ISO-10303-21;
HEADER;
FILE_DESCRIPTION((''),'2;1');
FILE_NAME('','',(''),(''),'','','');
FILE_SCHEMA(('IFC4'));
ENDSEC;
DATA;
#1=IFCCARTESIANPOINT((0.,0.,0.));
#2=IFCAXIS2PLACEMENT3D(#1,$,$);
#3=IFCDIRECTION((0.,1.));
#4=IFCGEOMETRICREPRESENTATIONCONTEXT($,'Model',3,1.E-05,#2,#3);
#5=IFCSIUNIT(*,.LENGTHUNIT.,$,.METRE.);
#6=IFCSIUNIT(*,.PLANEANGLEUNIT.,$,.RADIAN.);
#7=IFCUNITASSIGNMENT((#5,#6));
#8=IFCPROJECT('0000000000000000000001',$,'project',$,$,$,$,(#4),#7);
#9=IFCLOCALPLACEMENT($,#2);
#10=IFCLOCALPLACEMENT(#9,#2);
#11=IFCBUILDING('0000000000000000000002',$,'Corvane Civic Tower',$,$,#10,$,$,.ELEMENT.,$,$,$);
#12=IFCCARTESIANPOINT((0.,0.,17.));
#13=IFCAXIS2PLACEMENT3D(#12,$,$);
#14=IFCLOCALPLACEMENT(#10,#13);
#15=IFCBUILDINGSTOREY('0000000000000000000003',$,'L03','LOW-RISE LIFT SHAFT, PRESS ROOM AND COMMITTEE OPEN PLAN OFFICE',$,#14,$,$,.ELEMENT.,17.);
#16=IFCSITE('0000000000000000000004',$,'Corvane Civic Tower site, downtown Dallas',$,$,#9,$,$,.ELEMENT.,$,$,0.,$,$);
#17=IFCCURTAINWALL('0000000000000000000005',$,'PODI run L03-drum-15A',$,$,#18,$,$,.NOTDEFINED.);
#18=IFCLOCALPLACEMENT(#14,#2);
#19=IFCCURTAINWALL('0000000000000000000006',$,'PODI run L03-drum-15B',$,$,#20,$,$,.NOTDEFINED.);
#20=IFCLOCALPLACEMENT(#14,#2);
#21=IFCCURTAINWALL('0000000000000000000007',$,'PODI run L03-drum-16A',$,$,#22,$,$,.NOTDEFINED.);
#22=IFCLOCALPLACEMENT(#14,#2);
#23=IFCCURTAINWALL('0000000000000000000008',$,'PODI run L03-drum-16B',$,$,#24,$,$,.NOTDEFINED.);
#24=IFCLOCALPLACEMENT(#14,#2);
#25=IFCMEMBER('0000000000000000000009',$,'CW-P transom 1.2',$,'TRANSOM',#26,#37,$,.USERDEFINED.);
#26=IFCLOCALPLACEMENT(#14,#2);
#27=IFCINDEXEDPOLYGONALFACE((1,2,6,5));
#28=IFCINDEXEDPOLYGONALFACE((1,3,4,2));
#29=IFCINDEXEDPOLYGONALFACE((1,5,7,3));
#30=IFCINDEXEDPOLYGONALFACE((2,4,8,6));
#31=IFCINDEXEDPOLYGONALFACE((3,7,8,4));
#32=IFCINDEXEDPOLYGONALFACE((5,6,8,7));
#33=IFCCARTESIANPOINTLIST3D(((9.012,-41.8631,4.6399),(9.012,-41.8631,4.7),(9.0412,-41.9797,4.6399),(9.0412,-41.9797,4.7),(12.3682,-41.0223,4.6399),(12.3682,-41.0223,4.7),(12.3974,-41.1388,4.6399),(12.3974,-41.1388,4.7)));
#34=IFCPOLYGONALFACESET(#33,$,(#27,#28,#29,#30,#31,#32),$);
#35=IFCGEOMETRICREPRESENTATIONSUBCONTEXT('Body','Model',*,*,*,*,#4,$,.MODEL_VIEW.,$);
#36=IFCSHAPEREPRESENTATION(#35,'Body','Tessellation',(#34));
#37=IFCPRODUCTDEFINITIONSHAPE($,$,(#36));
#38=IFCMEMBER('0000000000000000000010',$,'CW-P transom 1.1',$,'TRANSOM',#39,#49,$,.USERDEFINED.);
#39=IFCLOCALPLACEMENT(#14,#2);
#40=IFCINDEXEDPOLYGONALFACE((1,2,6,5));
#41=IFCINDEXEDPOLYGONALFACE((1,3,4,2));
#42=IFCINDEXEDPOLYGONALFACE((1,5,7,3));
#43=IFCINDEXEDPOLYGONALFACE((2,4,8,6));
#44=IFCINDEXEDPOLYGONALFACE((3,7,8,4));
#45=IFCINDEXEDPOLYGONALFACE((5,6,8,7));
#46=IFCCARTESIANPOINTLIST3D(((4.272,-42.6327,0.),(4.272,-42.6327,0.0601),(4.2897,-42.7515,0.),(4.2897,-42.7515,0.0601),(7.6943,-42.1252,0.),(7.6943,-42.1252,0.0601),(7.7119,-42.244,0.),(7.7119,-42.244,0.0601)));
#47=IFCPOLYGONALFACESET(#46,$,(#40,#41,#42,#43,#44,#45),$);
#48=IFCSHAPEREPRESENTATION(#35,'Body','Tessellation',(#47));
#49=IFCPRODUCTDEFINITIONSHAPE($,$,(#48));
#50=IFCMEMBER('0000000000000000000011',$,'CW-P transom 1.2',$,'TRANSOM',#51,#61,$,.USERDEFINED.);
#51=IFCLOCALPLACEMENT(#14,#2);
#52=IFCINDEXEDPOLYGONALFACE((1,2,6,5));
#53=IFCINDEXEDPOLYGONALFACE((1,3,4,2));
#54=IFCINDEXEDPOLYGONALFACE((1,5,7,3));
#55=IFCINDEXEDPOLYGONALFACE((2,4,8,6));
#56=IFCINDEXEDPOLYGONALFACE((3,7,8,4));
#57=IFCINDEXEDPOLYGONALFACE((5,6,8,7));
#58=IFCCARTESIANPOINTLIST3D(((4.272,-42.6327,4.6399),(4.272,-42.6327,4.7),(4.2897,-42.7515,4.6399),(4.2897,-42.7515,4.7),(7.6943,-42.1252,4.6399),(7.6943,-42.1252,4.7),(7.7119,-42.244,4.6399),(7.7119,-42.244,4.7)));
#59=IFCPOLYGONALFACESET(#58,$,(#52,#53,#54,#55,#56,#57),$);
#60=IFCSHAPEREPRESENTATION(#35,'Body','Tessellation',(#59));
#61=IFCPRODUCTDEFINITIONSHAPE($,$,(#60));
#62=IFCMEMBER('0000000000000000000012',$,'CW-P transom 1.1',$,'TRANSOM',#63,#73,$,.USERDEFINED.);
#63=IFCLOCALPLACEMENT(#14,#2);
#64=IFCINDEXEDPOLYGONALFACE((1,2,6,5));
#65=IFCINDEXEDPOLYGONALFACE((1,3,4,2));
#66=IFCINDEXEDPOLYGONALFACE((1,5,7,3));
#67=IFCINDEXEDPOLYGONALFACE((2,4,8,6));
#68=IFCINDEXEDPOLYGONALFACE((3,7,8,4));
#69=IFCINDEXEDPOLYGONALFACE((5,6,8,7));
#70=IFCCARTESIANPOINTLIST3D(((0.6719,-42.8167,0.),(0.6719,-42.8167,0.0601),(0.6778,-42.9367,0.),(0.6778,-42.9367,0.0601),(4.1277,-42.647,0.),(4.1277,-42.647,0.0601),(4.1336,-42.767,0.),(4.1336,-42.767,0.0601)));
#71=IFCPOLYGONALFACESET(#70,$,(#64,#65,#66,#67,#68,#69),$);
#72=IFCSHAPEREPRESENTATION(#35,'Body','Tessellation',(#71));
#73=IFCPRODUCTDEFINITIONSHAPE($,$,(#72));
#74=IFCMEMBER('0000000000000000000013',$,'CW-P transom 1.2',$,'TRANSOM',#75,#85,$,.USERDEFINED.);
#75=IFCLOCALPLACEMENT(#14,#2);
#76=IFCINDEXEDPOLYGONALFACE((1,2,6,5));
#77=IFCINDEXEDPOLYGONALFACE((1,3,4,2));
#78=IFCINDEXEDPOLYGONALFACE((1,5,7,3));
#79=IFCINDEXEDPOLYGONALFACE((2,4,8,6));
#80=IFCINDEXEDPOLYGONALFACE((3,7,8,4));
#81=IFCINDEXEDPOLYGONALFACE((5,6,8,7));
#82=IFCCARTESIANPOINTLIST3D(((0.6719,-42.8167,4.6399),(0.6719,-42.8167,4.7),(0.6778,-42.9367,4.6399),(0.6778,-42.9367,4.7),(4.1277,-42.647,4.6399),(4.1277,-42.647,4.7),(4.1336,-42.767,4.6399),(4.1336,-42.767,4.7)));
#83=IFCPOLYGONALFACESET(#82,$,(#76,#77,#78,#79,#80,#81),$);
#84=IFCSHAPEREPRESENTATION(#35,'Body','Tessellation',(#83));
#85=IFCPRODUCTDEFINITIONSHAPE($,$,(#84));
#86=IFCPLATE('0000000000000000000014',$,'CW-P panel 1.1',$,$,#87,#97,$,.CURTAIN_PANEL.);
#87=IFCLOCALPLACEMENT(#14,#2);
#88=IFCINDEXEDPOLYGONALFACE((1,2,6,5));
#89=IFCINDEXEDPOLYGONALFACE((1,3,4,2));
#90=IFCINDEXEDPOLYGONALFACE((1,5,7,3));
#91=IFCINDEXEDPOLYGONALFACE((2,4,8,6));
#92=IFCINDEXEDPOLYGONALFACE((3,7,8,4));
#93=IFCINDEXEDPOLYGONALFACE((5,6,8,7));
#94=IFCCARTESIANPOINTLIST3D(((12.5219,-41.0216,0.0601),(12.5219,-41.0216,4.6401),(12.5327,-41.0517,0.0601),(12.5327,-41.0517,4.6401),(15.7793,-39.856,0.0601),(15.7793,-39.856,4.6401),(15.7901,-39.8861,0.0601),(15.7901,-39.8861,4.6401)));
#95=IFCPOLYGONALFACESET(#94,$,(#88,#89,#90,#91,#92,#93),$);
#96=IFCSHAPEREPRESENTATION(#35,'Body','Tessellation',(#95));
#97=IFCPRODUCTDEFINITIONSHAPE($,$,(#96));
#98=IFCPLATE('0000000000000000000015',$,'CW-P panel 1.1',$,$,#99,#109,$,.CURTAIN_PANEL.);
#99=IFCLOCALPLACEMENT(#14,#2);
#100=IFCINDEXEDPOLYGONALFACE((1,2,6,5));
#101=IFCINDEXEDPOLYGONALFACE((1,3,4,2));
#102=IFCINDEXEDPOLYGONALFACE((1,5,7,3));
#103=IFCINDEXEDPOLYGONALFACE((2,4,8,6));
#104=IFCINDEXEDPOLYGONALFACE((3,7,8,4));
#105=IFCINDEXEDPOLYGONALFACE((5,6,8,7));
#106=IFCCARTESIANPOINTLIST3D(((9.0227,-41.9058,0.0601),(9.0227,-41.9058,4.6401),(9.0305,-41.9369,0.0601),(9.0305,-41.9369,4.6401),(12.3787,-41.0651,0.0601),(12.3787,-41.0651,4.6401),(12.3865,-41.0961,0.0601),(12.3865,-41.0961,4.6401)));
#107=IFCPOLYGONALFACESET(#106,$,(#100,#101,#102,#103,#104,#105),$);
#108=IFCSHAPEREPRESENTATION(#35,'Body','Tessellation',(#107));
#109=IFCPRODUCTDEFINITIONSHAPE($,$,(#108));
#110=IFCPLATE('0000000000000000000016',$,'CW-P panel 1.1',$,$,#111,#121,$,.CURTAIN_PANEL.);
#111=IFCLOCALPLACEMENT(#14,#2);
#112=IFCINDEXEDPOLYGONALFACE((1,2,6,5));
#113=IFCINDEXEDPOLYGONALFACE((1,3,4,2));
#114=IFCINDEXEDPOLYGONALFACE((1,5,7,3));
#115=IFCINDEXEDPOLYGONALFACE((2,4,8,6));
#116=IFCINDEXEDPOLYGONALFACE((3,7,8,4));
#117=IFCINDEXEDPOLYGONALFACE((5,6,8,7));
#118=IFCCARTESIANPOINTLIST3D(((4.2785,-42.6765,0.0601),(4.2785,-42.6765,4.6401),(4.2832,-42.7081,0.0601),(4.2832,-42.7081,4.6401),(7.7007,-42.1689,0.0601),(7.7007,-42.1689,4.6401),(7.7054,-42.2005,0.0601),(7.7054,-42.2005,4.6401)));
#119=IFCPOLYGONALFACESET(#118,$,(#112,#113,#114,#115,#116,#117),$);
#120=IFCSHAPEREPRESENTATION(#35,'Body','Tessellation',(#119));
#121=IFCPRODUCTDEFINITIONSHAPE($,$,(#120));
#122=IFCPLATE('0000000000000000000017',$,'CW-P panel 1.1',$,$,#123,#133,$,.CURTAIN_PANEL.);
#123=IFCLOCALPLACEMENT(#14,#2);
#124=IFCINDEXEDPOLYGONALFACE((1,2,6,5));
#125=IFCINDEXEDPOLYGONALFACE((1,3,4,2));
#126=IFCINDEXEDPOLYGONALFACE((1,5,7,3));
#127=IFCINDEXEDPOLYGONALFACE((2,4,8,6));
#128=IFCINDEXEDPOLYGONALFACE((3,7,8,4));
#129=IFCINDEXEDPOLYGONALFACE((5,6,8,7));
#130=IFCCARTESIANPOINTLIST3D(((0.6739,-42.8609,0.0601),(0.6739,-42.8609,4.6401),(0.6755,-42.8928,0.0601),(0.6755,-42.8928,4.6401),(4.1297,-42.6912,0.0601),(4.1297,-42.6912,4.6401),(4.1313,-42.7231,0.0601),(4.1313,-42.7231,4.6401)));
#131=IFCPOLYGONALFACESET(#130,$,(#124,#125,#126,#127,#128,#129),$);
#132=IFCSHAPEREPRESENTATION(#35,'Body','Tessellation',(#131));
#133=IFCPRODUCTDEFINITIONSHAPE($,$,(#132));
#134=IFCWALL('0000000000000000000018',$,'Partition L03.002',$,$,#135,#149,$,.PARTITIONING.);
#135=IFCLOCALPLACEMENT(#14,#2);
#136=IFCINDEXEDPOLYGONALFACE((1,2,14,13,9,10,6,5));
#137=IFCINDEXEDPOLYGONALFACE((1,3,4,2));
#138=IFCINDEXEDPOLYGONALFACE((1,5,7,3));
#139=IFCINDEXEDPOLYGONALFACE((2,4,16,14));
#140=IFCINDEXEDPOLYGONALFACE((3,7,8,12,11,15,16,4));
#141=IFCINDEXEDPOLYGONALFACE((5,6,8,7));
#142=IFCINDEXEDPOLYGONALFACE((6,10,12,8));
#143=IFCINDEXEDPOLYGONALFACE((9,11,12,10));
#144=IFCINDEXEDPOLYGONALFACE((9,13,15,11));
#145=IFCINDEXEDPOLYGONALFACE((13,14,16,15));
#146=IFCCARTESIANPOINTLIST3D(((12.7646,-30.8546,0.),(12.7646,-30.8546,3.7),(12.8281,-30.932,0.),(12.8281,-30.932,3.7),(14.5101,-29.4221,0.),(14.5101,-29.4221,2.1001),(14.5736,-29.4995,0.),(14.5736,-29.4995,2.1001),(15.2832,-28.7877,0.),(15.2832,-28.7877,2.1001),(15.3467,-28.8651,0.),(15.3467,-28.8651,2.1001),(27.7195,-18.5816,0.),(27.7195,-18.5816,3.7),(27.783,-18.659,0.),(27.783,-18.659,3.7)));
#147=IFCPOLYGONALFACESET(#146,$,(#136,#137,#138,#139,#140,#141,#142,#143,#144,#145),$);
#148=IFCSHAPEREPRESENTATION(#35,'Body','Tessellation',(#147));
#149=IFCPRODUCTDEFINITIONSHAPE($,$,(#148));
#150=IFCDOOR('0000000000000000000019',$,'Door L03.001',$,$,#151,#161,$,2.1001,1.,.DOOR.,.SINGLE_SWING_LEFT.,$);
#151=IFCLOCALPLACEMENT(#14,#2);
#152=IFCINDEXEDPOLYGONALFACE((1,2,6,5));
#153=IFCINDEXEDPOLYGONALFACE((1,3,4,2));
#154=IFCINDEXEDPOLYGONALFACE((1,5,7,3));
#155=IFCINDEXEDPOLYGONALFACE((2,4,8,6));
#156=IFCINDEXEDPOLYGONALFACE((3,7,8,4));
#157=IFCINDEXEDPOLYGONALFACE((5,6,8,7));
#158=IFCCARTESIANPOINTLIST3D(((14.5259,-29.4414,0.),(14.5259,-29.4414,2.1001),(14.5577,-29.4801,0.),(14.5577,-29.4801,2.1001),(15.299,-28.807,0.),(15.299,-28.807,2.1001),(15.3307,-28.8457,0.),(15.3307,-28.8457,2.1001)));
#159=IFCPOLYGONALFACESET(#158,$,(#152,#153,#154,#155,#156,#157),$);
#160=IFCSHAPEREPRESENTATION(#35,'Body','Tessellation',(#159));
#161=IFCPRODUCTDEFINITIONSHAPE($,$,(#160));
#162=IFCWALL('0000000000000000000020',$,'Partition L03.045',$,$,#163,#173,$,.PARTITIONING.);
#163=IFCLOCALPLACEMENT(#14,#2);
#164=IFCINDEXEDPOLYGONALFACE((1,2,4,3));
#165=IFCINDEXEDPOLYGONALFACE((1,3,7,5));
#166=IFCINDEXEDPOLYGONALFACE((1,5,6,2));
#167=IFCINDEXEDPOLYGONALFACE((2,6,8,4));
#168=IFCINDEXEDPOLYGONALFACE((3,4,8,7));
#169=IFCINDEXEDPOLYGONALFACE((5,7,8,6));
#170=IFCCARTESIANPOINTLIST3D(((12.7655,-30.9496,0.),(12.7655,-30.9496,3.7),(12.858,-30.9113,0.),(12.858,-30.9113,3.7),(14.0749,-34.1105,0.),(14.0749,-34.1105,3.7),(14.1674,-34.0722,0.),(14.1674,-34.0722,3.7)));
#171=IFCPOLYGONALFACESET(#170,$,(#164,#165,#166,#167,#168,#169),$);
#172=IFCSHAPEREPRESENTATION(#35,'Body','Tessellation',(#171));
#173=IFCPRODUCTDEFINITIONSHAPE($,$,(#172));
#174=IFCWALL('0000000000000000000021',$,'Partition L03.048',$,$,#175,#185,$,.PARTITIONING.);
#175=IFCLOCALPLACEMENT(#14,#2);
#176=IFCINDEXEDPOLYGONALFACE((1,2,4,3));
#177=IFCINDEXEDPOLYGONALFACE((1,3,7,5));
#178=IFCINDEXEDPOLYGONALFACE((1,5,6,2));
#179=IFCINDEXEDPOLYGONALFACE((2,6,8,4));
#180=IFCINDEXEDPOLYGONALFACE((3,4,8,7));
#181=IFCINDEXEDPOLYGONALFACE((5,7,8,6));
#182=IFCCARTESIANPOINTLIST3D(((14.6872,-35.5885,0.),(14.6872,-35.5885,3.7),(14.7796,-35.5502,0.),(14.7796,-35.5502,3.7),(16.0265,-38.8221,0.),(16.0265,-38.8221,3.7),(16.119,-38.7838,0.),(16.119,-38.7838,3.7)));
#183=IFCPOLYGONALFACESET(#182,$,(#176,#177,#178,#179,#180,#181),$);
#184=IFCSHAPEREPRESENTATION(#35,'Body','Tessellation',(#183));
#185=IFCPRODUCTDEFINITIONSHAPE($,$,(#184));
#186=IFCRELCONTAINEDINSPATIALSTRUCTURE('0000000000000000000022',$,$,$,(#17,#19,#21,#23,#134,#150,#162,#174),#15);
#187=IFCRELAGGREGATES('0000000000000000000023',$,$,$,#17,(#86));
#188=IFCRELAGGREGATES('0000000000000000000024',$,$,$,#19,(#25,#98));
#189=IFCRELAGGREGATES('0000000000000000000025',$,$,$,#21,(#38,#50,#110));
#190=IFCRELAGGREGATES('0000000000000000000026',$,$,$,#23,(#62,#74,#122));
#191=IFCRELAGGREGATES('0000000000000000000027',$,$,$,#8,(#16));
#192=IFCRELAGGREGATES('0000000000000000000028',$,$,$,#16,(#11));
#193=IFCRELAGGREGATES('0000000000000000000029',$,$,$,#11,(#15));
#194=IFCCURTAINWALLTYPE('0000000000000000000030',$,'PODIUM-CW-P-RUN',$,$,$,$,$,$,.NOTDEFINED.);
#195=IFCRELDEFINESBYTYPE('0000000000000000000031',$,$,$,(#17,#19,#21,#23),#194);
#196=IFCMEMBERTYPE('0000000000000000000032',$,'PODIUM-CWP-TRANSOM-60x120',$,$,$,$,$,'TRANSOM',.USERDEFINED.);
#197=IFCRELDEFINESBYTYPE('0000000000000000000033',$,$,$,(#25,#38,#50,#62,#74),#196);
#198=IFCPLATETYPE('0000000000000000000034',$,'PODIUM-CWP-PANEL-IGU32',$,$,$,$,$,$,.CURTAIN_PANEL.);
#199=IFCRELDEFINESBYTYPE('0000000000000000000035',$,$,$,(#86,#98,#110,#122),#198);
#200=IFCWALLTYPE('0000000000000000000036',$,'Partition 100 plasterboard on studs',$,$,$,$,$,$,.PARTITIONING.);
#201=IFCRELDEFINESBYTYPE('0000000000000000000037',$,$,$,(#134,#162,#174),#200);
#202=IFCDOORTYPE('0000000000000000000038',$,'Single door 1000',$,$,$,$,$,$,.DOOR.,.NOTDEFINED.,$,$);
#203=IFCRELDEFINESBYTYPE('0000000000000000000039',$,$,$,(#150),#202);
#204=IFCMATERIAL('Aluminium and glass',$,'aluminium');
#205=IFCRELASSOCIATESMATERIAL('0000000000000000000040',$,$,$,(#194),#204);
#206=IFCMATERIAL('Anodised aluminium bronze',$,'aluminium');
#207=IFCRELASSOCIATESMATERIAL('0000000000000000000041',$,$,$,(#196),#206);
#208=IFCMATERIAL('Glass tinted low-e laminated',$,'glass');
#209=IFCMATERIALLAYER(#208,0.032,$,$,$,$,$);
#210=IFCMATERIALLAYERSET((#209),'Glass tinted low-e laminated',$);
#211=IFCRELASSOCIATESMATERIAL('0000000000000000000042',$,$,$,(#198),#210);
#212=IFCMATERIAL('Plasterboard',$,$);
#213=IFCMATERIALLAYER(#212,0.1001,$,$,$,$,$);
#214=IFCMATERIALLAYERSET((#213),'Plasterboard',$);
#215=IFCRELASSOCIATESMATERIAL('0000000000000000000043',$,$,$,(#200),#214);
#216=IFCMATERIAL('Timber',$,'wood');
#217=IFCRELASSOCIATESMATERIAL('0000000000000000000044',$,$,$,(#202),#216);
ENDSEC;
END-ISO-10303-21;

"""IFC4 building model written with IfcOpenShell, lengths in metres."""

from ifc_helpers import new_model, si_unit, direction, frame, frame_2d, origin, origin_2d, place, context, subcontext, project, spatial, rectangle, extrude, material, layer, layer_set, material_profile, profile_set, type_object, element, fill, aggregate, save


model = new_model("IFC4")

# Units and contexts
model_context = context("Model", 3, precision=1e-05, world=origin(), true_north=direction((0.0, 1.0)))
body_context = subcontext(model_context, "Body", "Model", "MODEL_VIEW")
ifc_project = project(units=[si_unit("LENGTHUNIT", "METRE"), si_unit("PLANEANGLEUNIT", "RADIAN")], contexts=[model_context])

# Site, building, storey
site_placement = place(None, origin())
site = spatial("IfcSite", under=ifc_project, at=site_placement, Name="Corvane Civic Tower site, downtown Dallas", CompositionType="ELEMENT", RefElevation=0.0)
building_placement = place(site_placement, origin())
building = spatial("IfcBuilding", under=site, at=building_placement, Name="Corvane Civic Tower", CompositionType="ELEMENT")
storey_placement = place(building_placement, frame((0.0, 0.0, 17.0)))
storey = spatial("IfcBuildingStorey", under=building, at=storey_placement, Name="L03", Description="LOW-RISE LIFT SHAFT, PRESS ROOM AND COMMITTEE OPEN PLAN OFFICE", CompositionType="ELEMENT", Elevation=17.0)

# Curtain walls
ifc_material_1 = material(Name="Aluminium and glass", Category="aluminium")
curtain_wall_type = type_object("IfcCurtainWallType", Name="PODIUM-CW-P-RUN", PredefinedType="NOTDEFINED", material=ifc_material_1)
curtain_wall_1_placement = place(storey_placement, origin())
curtain_wall_1 = element("IfcCurtainWall", 1, at=curtain_wall_1_placement, inside=storey, type_object=curtain_wall_type, Name="PODI run L03-drum-15A", PredefinedType="NOTDEFINED")
curtain_wall_2_placement = place(storey_placement, origin())
curtain_wall_2 = element("IfcCurtainWall", 2, at=curtain_wall_2_placement, inside=storey, type_object=curtain_wall_type, Name="PODI run L03-drum-15B", PredefinedType="NOTDEFINED")
curtain_wall_3_placement = place(storey_placement, origin())
curtain_wall_3 = element("IfcCurtainWall", 3, at=curtain_wall_3_placement, inside=storey, type_object=curtain_wall_type, Name="PODI run L03-drum-16A", PredefinedType="NOTDEFINED")
curtain_wall_4_placement = place(storey_placement, origin())
curtain_wall_4 = element("IfcCurtainWall", 4, at=curtain_wall_4_placement, inside=storey, type_object=curtain_wall_type, Name="PODI run L03-drum-16B", PredefinedType="NOTDEFINED")

# Members
ifc_material_2 = material(Name="Anodised aluminium bronze", Category="aluminium")
ifc_material_profile_1 = material_profile(ifc_material_2, rectangle(XDim=0.1201, YDim=0.0601, at=origin_2d()), Name="AL 120x60")
ifc_profile_set_1 = profile_set([ifc_material_profile_1], Name="Anodised aluminium bronze")
member_type_1 = type_object("IfcMemberType", Name="PODIUM-CWP-TRANSOM-60x120", ElementType="TRANSOM", PredefinedType="USERDEFINED", material=ifc_profile_set_1)
member_1_placement = place(storey_placement, frame((12.3828, -41.0806, 4.6699), z_axis=(-0.970022, -0.243017, 0.0), x_axis=(0.243017, -0.970022, 0.0)))
member_1 = element("IfcMember", 5, at=member_1_placement, type_object=member_type_1, Name="CW-P transom 1.2", ObjectType="TRANSOM", PredefinedType="USERDEFINED", context=body_context, shape_type="SweptSolid", body=[
    extrude(rectangle(XDim=0.1201, YDim=0.0601, at=origin_2d()), origin(), (0.0, 0.0, 1.0), 3.46),
])
member_2_placement = place(storey_placement, frame((7.7031, -42.1846, 0.03), z_axis=(-0.98918, -0.146705, 0.0), x_axis=(0.146705, -0.98918, 0.0)))
member_2 = element("IfcMember", 6, at=member_2_placement, type_object=member_type_1, Name="CW-P transom 1.1", ObjectType="TRANSOM", PredefinedType="USERDEFINED", context=body_context, shape_type="SweptSolid", body=[
    extrude(rectangle(XDim=0.1201, YDim=0.0601, at=origin_2d()), origin(), (0.0, 0.0, 1.0), 3.4597),
])
member_3_placement = place(storey_placement, frame((7.7031, -42.1846, 4.6699), z_axis=(-0.98918, -0.146705, 0.0), x_axis=(0.146705, -0.98918, 0.0)))
member_3 = element("IfcMember", 7, at=member_3_placement, type_object=member_type_1, Name="CW-P transom 1.2", ObjectType="TRANSOM", PredefinedType="USERDEFINED", context=body_context, shape_type="SweptSolid", body=[
    extrude(rectangle(XDim=0.1201, YDim=0.0601, at=origin_2d()), origin(), (0.0, 0.0, 1.0), 3.4597),
])
member_4_placement = place(storey_placement, frame((4.1306, -42.707, 0.03), z_axis=(-0.998797, -0.04904, 0.0), x_axis=(0.04904, -0.998797, 0.0)))
member_4 = element("IfcMember", 8, at=member_4_placement, type_object=member_type_1, Name="CW-P transom 1.1", ObjectType="TRANSOM", PredefinedType="USERDEFINED", context=body_context, shape_type="SweptSolid", body=[
    extrude(rectangle(XDim=0.1201, YDim=0.0601, at=origin_2d()), origin(), (0.0, 0.0, 1.0), 3.46),
])
member_5_placement = place(storey_placement, frame((4.1306, -42.707, 4.6699), z_axis=(-0.998797, -0.04904, 0.0), x_axis=(0.04904, -0.998797, 0.0)))
member_5 = element("IfcMember", 9, at=member_5_placement, type_object=member_type_1, Name="CW-P transom 1.2", ObjectType="TRANSOM", PredefinedType="USERDEFINED", context=body_context, shape_type="SweptSolid", body=[
    extrude(rectangle(XDim=0.1201, YDim=0.0601, at=origin_2d()), origin(), (0.0, 0.0, 1.0), 3.46),
])

# Plates
ifc_material_3 = material(Name="Glass tinted low-e laminated", Category="glass")
ifc_layer_1 = layer(ifc_material_3, 0.032)
ifc_layer_set_1 = layer_set([ifc_layer_1], Name="Glass tinted low-e laminated")
plate_type = type_object("IfcPlateType", Name="PODIUM-CWP-PANEL-IGU32", PredefinedType="CURTAIN_PANEL", material=ifc_layer_set_1)
plate_1_placement = place(storey_placement, frame((14.156, -40.4539, 0.0601), z_axis=(0.0, 0.0, 1.0), x_axis=(-0.941534, -0.336919, 0.0)))
plate_1 = element("IfcPlate", 10, at=plate_1_placement, type_object=plate_type, Name="CW-P panel 1.1", PredefinedType="CURTAIN_PANEL", context=body_context, shape_type="SweptSolid", body=[
    extrude(rectangle(XDim=3.4597, YDim=0.032, at=origin_2d()), origin(), (0.0, 0.0, 1.0), 4.5801),
])
aggregate(curtain_wall_1, [plate_1])
plate_2_placement = place(storey_placement, frame((10.7046, -41.501, 0.0601), z_axis=(0.0, 0.0, 1.0), x_axis=(-0.970024, -0.243009, 0.0)))
plate_2 = element("IfcPlate", 11, at=plate_2_placement, type_object=plate_type, Name="CW-P panel 1.1", PredefinedType="CURTAIN_PANEL", context=body_context, shape_type="SweptSolid", body=[
    extrude(rectangle(XDim=3.4597, YDim=0.032, at=origin_2d()), origin(), (0.0, 0.0, 1.0), 4.5801),
])
aggregate(curtain_wall_2, [member_1, plate_2])
plate_3_placement = place(storey_placement, frame((5.9919, -42.4385, 0.0601), z_axis=(0.0, 0.0, 1.0), x_axis=(-0.989179, -0.146715, 0.0)))
plate_3 = element("IfcPlate", 12, at=plate_3_placement, type_object=plate_type, Name="CW-P panel 1.1", PredefinedType="CURTAIN_PANEL", context=body_context, shape_type="SweptSolid", body=[
    extrude(rectangle(XDim=3.4597, YDim=0.032, at=origin_2d()), origin(), (0.0, 0.0, 1.0), 4.5801),
])
aggregate(curtain_wall_3, [member_2, member_3, plate_3])
plate_4_placement = place(storey_placement, frame((2.4026, -42.792, 0.0601), z_axis=(0.0, 0.0, 1.0), x_axis=(-0.998796, -0.04905, 0.0)))
plate_4 = element("IfcPlate", 13, at=plate_4_placement, type_object=plate_type, Name="CW-P panel 1.1", PredefinedType="CURTAIN_PANEL", context=body_context, shape_type="SweptSolid", body=[
    extrude(rectangle(XDim=3.46, YDim=0.032, at=origin_2d()), origin(), (0.0, 0.0, 1.0), 4.5801),
])
aggregate(curtain_wall_4, [member_4, member_5, plate_4])

# Wall, opening, door
ifc_material_4 = material(Name="Plasterboard")
ifc_layer_2 = layer(ifc_material_4, 0.1001)
ifc_layer_set_2 = layer_set([ifc_layer_2], Name="Plasterboard")
wall_type = type_object("IfcWallType", Name="Partition 100 plasterboard on studs", PredefinedType="PARTITIONING", material=ifc_layer_set_2)
wall_1_placement = place(storey_placement, frame((12.7964, -30.8933, 0.0), z_axis=(0.0, 0.0, 1.0), x_axis=(0.773015, 0.634388, 0.0)))
wall_1 = element("IfcWall", 14, at=wall_1_placement, inside=storey, type_object=wall_type, Name="Partition L03.002", PredefinedType="PARTITIONING", context=body_context, shape_type="SweptSolid", body=[
    extrude(rectangle(XDim=19.3462, YDim=0.1001, at=frame_2d((9.6731, 0.0))), origin(), (0.0, 0.0, 1.0), 3.7),
])
opening_placement = place(wall_1_placement, frame((2.2581, 0.0, 0.0)))
opening = element("IfcOpeningElement", 15, at=opening_placement, cuts=wall_1, PredefinedType="OPENING", context=body_context, shape_type="SweptSolid", body=[
    extrude(rectangle(XDim=1.0, YDim=2.1001, at=frame_2d((0.5, 1.05))), frame((0.0, 0.0601, 0.0), z_axis=(0.0, -1.0, 0.0), x_axis=(1.0, 0.0, 0.0)), (0.0, 0.0, 1.0), 0.1201),
])
ifc_material_5 = material(Name="Timber", Category="wood")
door_type = type_object("IfcDoorType", Name="Single door 1000", OperationType="NOTDEFINED", PredefinedType="DOOR", material=ifc_material_5)
door_placement = place(opening_placement, frame((1.0, 0.0, 0.0), z_axis=(0.0, 0.0, 1.0), x_axis=(-1.0, 0.0, 0.0)))
door = element("IfcDoor", 16, at=door_placement, inside=storey, type_object=door_type, Name="Door L03.001", OperationType="SINGLE_SWING_LEFT", OverallHeight=2.1001, OverallWidth=1.0, PredefinedType="DOOR", context=body_context, shape_type="SweptSolid", body=[
    extrude(rectangle(XDim=1.0, YDim=2.1001, at=frame_2d((0.5, 1.05))), frame((0.0, 0.0249, 0.0), z_axis=(0.0, -1.0, 0.0), x_axis=(1.0, 0.0, 0.0)), (0.0, 0.0, 1.0), 0.05),
])
fill(opening, door)

# Walls
wall_2_placement = place(storey_placement, frame((12.8118, -30.9304, 0.0), z_axis=(0.0, 0.0, 1.0), x_axis=(0.382694, -0.923875, 0.0)))
element("IfcWall", 17, at=wall_2_placement, inside=storey, type_object=wall_type, Name="Partition L03.045", PredefinedType="PARTITIONING", context=body_context, shape_type="SweptSolid", body=[
    extrude(rectangle(XDim=3.4214, YDim=0.1001, at=frame_2d((1.7107, 0.0))), origin(), (0.0, 0.0, 1.0), 3.7),
])
wall_3_placement = place(storey_placement, frame((14.7334, -35.5693, 0.0), z_axis=(0.0, 0.0, 1.0), x_axis=(0.382668, -0.923886, 0.0)))
element("IfcWall", 18, at=wall_3_placement, inside=storey, type_object=wall_type, Name="Partition L03.048", PredefinedType="PARTITIONING", context=body_context, shape_type="SweptSolid", body=[
    extrude(rectangle(XDim=3.5, YDim=0.1001, at=frame_2d((1.75, 0.0))), origin(), (0.0, 0.0, 1.0), 3.7),
])

save(model, "model.ifc")
